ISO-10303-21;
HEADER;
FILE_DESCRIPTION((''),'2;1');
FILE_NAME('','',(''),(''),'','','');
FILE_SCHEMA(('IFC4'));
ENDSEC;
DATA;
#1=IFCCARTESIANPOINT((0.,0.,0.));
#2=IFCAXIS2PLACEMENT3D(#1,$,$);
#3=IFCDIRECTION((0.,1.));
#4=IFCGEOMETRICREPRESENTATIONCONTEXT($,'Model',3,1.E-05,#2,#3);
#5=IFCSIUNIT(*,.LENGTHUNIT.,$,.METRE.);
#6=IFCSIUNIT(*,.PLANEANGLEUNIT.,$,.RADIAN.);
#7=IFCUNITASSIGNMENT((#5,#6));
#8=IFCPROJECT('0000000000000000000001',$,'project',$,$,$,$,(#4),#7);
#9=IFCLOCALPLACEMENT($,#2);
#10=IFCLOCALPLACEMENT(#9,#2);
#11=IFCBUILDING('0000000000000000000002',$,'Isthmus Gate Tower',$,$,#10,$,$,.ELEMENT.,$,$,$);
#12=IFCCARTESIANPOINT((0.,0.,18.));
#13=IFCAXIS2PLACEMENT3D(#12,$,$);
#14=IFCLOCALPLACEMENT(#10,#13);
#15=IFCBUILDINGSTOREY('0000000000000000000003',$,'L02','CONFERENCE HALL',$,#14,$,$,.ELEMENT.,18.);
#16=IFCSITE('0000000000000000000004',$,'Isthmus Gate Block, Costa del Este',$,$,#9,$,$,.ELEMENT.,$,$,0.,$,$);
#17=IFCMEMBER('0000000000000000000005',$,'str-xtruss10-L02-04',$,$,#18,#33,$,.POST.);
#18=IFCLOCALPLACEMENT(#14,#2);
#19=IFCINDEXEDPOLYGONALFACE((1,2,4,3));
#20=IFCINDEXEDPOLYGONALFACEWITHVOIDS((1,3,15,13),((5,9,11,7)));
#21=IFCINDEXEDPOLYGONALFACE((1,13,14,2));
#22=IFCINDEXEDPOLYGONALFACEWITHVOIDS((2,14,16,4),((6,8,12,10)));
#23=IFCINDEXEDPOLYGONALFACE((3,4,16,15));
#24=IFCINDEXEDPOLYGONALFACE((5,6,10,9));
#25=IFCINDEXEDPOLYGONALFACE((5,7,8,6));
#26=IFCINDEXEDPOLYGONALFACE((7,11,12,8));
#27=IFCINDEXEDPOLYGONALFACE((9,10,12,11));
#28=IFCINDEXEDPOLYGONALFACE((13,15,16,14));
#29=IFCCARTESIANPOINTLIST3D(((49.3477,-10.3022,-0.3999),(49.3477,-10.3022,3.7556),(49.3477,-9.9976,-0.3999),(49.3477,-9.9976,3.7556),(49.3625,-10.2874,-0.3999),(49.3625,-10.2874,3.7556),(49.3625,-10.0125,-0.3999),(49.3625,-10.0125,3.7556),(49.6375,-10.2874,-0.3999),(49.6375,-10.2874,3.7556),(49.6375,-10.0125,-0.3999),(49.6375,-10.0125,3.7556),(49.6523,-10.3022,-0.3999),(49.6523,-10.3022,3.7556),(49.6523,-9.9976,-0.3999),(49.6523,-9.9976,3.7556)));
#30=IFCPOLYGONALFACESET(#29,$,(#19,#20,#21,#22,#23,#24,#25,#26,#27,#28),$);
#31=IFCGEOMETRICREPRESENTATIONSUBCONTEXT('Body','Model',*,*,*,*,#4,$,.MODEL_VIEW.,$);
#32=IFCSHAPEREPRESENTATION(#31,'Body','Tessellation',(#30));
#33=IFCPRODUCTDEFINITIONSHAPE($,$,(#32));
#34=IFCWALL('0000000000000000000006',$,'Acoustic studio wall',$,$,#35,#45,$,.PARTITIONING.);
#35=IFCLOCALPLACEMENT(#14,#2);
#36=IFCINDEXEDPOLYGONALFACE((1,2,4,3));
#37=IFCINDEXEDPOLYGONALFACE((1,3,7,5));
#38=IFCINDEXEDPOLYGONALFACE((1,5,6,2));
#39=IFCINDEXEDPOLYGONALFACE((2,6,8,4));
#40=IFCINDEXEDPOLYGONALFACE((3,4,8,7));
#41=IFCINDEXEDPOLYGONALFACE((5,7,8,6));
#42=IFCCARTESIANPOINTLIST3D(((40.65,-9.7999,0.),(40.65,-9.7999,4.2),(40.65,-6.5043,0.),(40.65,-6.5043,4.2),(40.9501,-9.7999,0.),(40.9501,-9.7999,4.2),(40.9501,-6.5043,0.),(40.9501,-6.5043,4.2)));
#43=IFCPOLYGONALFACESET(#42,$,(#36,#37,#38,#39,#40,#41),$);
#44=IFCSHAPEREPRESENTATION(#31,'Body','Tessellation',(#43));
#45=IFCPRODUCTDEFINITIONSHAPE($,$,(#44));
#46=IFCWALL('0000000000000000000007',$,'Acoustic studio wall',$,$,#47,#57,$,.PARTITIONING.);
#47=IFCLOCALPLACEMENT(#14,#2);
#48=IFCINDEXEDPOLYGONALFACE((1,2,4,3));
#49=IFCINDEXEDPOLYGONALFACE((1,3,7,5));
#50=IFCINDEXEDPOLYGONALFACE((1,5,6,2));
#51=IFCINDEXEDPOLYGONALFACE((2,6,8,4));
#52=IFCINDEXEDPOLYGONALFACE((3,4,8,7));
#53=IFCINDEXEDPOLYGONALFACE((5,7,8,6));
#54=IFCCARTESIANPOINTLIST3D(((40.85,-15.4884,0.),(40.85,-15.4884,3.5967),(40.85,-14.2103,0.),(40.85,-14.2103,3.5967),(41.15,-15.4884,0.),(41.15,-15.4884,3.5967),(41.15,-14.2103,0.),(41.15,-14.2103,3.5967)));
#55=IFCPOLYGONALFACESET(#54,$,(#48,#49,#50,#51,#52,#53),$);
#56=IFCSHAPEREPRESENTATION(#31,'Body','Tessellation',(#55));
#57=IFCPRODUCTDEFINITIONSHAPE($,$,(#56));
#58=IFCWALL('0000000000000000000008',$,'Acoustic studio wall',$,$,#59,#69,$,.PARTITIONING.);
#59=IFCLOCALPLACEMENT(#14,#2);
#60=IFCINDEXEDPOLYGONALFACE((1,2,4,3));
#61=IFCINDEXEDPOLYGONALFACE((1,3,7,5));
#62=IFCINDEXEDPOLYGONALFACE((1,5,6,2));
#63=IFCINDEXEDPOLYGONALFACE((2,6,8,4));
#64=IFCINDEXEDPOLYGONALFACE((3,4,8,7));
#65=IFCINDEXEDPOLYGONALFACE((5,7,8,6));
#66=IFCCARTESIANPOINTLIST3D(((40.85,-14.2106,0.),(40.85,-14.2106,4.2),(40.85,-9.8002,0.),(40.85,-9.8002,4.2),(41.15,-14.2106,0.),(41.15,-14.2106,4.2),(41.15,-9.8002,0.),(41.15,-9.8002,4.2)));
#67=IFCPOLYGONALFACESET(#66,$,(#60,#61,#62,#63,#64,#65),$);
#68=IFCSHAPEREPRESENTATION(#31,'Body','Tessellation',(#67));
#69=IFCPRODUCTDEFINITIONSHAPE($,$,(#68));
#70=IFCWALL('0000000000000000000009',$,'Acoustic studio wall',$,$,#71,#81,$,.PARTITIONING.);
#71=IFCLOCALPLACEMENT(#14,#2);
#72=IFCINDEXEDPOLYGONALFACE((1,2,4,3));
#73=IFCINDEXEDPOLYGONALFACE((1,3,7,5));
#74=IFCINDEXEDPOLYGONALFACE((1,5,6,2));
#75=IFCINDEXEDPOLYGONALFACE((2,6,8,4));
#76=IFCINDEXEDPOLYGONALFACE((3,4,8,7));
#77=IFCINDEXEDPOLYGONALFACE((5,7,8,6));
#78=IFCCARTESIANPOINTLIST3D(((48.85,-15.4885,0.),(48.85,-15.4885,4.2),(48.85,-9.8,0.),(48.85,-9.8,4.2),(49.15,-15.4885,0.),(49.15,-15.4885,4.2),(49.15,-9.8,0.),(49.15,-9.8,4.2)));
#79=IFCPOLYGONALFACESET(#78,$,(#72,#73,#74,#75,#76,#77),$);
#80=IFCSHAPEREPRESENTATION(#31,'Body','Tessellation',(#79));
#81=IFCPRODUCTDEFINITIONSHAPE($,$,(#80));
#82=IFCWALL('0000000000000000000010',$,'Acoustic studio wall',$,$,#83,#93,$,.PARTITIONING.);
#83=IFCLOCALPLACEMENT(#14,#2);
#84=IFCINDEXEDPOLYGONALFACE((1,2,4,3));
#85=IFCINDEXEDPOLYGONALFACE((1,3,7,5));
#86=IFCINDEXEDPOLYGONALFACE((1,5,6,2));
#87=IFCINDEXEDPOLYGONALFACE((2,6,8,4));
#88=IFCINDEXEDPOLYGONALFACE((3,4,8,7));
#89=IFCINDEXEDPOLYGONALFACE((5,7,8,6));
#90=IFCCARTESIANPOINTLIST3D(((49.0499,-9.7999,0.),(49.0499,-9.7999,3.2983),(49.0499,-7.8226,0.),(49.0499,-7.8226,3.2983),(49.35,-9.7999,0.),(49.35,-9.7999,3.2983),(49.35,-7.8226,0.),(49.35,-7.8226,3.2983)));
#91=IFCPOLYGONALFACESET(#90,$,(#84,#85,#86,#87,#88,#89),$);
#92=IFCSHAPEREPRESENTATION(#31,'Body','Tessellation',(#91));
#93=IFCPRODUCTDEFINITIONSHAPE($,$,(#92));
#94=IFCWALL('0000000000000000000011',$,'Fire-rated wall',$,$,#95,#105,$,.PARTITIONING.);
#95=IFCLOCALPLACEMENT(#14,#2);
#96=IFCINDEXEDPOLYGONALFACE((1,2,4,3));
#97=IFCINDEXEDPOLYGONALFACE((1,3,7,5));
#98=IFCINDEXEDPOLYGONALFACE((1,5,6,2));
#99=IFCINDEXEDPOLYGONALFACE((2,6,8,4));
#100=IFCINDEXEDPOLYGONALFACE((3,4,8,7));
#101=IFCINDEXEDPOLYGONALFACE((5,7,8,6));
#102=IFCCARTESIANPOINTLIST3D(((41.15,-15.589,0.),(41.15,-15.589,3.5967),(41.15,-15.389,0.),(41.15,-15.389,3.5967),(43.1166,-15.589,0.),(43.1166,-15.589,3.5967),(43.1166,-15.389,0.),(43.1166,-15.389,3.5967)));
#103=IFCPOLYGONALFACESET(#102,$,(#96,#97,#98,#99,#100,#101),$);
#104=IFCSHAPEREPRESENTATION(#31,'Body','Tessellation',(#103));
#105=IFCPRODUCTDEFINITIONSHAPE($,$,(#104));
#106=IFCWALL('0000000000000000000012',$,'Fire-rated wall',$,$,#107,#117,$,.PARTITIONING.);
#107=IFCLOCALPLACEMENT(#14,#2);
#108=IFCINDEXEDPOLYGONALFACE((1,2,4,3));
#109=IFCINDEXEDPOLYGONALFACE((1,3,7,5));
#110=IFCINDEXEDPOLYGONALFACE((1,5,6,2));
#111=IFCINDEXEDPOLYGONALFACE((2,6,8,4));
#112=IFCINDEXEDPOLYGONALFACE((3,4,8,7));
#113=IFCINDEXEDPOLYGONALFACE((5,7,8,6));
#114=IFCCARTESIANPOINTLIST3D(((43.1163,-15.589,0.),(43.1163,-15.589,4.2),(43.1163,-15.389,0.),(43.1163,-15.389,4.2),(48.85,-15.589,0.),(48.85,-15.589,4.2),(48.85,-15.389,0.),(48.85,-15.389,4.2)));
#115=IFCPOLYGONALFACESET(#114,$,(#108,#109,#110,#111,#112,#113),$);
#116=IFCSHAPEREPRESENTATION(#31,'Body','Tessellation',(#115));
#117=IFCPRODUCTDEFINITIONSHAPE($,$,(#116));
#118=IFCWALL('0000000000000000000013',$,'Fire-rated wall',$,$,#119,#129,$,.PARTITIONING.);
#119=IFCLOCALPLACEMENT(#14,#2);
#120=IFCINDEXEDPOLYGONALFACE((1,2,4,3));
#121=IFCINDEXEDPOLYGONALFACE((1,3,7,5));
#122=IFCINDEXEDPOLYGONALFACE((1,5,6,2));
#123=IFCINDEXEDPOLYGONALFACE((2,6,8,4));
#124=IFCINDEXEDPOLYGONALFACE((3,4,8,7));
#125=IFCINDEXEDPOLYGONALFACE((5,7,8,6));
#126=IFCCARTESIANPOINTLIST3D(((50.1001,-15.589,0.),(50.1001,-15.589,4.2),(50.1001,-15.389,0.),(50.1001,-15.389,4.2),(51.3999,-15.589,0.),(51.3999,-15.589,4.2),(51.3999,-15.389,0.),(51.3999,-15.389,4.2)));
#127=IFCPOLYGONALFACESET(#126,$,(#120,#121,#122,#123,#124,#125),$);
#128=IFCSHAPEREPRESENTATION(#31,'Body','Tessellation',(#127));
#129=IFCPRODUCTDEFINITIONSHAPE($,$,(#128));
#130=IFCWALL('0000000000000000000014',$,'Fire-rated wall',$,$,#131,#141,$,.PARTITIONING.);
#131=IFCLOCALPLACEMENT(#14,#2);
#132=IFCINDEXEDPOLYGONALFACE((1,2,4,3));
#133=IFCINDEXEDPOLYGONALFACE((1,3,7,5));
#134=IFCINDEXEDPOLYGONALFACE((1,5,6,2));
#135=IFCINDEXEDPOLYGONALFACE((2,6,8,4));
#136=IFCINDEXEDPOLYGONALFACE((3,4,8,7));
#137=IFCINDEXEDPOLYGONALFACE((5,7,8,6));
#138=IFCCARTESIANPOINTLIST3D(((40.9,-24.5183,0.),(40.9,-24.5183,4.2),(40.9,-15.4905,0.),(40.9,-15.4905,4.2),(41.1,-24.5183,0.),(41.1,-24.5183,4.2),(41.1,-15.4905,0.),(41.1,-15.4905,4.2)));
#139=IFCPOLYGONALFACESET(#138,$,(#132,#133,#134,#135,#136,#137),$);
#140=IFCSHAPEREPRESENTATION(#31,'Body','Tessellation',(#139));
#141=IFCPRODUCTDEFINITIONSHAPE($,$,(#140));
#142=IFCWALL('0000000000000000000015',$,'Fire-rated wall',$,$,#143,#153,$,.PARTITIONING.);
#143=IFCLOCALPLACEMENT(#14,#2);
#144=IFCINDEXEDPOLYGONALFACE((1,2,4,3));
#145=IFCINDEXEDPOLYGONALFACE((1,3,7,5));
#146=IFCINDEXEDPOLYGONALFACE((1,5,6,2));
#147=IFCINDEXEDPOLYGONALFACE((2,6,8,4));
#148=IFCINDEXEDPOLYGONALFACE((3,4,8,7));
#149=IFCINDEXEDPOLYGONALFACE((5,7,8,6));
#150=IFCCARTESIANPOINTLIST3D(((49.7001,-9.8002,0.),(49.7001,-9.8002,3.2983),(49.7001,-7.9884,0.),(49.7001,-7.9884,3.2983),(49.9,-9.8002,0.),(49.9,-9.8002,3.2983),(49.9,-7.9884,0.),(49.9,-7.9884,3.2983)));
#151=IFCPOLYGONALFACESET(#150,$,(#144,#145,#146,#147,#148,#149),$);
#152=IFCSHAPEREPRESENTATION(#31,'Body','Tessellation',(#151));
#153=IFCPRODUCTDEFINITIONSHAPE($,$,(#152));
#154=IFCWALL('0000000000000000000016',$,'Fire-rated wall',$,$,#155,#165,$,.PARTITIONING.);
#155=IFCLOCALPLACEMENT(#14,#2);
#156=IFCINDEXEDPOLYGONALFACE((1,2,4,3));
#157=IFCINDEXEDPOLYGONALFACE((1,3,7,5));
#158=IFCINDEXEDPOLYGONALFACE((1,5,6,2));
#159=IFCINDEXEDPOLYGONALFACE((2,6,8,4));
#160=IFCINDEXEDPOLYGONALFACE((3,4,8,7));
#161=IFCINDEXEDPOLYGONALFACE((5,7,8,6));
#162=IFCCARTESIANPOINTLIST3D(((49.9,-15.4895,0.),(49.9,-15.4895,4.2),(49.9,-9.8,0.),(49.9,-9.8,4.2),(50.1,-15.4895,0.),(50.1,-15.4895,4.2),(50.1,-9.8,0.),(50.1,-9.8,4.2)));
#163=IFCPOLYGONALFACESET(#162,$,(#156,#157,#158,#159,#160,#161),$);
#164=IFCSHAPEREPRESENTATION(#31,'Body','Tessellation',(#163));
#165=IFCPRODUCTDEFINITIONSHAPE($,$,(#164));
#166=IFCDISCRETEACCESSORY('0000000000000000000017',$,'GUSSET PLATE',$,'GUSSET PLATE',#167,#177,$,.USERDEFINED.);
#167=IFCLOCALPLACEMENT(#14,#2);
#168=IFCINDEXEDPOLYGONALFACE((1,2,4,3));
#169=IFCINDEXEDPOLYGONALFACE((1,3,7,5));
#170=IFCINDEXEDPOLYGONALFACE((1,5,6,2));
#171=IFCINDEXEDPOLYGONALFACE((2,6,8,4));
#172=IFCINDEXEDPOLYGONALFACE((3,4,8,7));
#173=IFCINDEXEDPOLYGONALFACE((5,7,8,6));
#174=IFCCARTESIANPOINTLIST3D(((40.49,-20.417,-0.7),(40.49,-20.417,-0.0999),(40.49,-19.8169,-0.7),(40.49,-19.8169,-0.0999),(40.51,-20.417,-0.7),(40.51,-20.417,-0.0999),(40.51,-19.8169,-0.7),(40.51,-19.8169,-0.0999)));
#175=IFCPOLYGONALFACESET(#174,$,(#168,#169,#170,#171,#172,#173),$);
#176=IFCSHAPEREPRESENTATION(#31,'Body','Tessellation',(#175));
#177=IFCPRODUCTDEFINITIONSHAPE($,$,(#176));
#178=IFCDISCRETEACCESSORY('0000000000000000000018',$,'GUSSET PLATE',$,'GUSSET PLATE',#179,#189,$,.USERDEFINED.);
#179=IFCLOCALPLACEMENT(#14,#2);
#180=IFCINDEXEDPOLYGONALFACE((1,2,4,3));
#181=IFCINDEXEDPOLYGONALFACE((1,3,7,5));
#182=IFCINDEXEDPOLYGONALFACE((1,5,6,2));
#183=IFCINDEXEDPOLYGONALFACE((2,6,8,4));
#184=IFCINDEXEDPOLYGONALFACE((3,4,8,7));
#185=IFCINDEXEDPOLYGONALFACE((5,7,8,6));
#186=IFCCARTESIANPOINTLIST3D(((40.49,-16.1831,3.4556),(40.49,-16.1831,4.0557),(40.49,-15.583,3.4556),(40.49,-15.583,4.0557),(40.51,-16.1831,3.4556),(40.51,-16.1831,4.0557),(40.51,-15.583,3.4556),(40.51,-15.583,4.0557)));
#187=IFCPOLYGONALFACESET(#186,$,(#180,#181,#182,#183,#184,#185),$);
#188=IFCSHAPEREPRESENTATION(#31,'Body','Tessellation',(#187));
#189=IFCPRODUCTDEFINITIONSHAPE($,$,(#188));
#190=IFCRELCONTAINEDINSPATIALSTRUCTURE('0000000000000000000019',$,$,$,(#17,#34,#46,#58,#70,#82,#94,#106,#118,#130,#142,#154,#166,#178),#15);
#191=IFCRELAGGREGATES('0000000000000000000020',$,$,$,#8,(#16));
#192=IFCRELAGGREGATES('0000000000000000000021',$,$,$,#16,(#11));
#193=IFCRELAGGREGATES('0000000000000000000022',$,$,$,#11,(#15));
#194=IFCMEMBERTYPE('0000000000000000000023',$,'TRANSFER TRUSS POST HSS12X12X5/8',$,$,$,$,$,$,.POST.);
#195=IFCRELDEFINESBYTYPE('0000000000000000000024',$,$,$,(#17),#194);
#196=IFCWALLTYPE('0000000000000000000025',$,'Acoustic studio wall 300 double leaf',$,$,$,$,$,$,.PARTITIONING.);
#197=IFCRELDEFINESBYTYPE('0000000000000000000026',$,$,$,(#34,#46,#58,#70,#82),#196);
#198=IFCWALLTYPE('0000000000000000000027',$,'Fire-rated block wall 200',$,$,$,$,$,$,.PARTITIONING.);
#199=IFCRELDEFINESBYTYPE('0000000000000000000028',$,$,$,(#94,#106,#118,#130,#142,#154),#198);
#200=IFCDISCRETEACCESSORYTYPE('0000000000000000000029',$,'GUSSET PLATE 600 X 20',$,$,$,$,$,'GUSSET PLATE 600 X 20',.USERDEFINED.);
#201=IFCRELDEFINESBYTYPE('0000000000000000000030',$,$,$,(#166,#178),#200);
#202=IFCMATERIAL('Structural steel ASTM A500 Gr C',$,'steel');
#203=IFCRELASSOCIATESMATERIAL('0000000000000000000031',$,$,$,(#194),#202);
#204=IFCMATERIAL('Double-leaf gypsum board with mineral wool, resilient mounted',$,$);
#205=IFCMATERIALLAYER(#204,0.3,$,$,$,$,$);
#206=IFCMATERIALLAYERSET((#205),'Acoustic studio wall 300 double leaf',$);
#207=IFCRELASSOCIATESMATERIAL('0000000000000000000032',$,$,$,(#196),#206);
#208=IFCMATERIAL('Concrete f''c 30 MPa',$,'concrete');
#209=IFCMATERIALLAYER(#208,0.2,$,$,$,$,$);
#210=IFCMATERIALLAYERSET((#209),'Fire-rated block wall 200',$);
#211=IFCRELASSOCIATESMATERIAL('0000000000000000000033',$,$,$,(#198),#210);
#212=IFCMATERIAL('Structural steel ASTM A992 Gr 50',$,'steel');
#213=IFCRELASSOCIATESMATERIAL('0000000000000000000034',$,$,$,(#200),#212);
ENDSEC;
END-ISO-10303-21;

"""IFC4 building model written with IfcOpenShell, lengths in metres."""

from ifc_helpers import new_model, si_unit, direction, frame, frame_2d, origin, origin_2d, place, context, subcontext, project, spatial, rectangle, hollow_rectangle, extrude, material, layer, layer_set, material_profile, profile_set, type_object, element, save


model = new_model("IFC4")

# Units and contexts
model_context = context("Model", 3, precision=1e-05, world=origin(), true_north=direction((0.0, 1.0)))
body_context = subcontext(model_context, "Body", "Model", "MODEL_VIEW")
ifc_project = project(units=[si_unit("LENGTHUNIT", "METRE"), si_unit("PLANEANGLEUNIT", "RADIAN")], contexts=[model_context])

# Site, building, storey
site_placement = place(None, origin())
site = spatial("IfcSite", under=ifc_project, at=site_placement, Name="Isthmus Gate Block, Costa del Este", CompositionType="ELEMENT", RefElevation=0.0)
building_placement = place(site_placement, origin())
building = spatial("IfcBuilding", under=site, at=building_placement, Name="Isthmus Gate Tower", CompositionType="ELEMENT")
storey_placement = place(building_placement, frame((0.0, 0.0, 18.0)))
storey = spatial("IfcBuildingStorey", under=building, at=storey_placement, Name="L02", Description="CONFERENCE HALL", CompositionType="ELEMENT", Elevation=18.0)

# Member
ifc_material_1 = material(Name="Structural steel ASTM A500 Gr C", Category="steel")
ifc_material_profile_1 = material_profile(ifc_material_1, hollow_rectangle(XDim=0.3047, YDim=0.3047, WallThickness=0.0149, at=origin_2d()), Name="HSS12X12X5/8")
ifc_profile_set_1 = profile_set([ifc_material_profile_1], Name="Structural steel ASTM A500 Gr C")
member_type_1 = type_object("IfcMemberType", Name="TRANSFER TRUSS POST HSS12X12X5/8", PredefinedType="POST", material=ifc_profile_set_1)
for number, where, z_axis, x_axis, name in (
    (1, (49.5, -10.1499, -0.3999), (0.0, 0.0, 1.0), (1.0, 0.0, 0.0), "str-xtruss10-L02-04"),
):
    element("IfcMember", number, at=place(storey_placement, frame(where, z_axis=z_axis, x_axis=x_axis)), inside=storey, type_object=member_type_1, Name=name, PredefinedType="POST", context=body_context, shape_type="SweptSolid", body=[
        extrude(hollow_rectangle(XDim=0.3047, YDim=0.3047, WallThickness=0.0149, at=origin_2d()), origin(), (0.0, 0.0, 1.0), 4.1555),
    ])

# Walls
ifc_material_2 = material(Name="Double-leaf gypsum board with mineral wool, resilient mounted")
ifc_layer_1 = layer(ifc_material_2, 0.3)
ifc_layer_set_1 = layer_set([ifc_layer_1], Name="Acoustic studio wall 300 double leaf")
wall_type_1 = type_object("IfcWallType", Name="Acoustic studio wall 300 double leaf", PredefinedType="PARTITIONING", material=ifc_layer_set_1)
wall_1_placement = place(storey_placement, frame((40.8, -9.8, 0.0), z_axis=(0.0, 0.0, 1.0), x_axis=(0.0, 1.0, 0.0)))
element("IfcWall", 2, at=wall_1_placement, inside=storey, type_object=wall_type_1, Name="Acoustic studio wall", PredefinedType="PARTITIONING", context=body_context, shape_type="SweptSolid", body=[
    extrude(rectangle(XDim=3.2957, YDim=0.3, at=frame_2d((1.6479, 0.0))), origin(), (0.0, 0.0, 1.0), 4.2),
])
wall_2_placement = place(storey_placement, frame((41.0, -15.4885, 0.0), z_axis=(0.0, 0.0, 1.0), x_axis=(0.0, 1.0, 0.0)))
element("IfcWall", 3, at=wall_2_placement, inside=storey, type_object=wall_type_1, Name="Acoustic studio wall", PredefinedType="PARTITIONING", context=body_context, shape_type="SweptSolid", body=[
    extrude(rectangle(XDim=1.2781, YDim=0.3, at=frame_2d((0.6392, 0.0))), origin(), (0.0, 0.0, 1.0), 3.5967),
])
wall_3_placement = place(storey_placement, frame((41.0, -14.2104, 0.0), z_axis=(0.0, 0.0, 1.0), x_axis=(0.0, 1.0, 0.0)))
element("IfcWall", 4, at=wall_3_placement, inside=storey, type_object=wall_type_1, Name="Acoustic studio wall", PredefinedType="PARTITIONING", context=body_context, shape_type="SweptSolid", body=[
    extrude(rectangle(XDim=4.4104, YDim=0.3, at=frame_2d((2.2051, 0.0))), origin(), (0.0, 0.0, 1.0), 4.2),
])
wall_4_placement = place(storey_placement, frame((49.0, -15.4885, 0.0), z_axis=(0.0, 0.0, 1.0), x_axis=(0.0, 1.0, 0.0)))
element("IfcWall", 5, at=wall_4_placement, inside=storey, type_object=wall_type_1, Name="Acoustic studio wall", PredefinedType="PARTITIONING", context=body_context, shape_type="SweptSolid", body=[
    extrude(rectangle(XDim=5.6885, YDim=0.3, at=frame_2d((2.8442, 0.0))), origin(), (0.0, 0.0, 1.0), 4.2),
])
wall_5_placement = place(storey_placement, frame((49.2, -9.8, 0.0), z_axis=(0.0, 0.0, 1.0), x_axis=(0.0, 1.0, 0.0)))
element("IfcWall", 6, at=wall_5_placement, inside=storey, type_object=wall_type_1, Name="Acoustic studio wall", PredefinedType="PARTITIONING", context=body_context, shape_type="SweptSolid", body=[
    extrude(rectangle(XDim=1.9773, YDim=0.3, at=frame_2d((0.9888, 0.0))), origin(), (0.0, 0.0, 1.0), 3.2983),
])
ifc_material_3 = material(Name="Concrete f'c 30 MPa", Category="concrete")
ifc_layer_2 = layer(ifc_material_3, 0.2)
ifc_layer_set_2 = layer_set([ifc_layer_2], Name="Fire-rated block wall 200")
wall_type_2 = type_object("IfcWallType", Name="Fire-rated block wall 200", PredefinedType="PARTITIONING", material=ifc_layer_set_2)
wall_6_placement = place(storey_placement, frame((41.1499, -15.489, 0.0), z_axis=(0.0, 0.0, 1.0), x_axis=(1.0, 0.0, 0.0)))
element("IfcWall", 7, at=wall_6_placement, inside=storey, type_object=wall_type_2, Name="Fire-rated wall", PredefinedType="PARTITIONING", context=body_context, shape_type="SweptSolid", body=[
    extrude(rectangle(XDim=1.9666, YDim=0.2, at=frame_2d((0.9834, 0.0))), origin(), (0.0, 0.0, 1.0), 3.5967),
])
wall_7_placement = place(storey_placement, frame((43.1165, -15.489, 0.0), z_axis=(0.0, 0.0, 1.0), x_axis=(1.0, 0.0, 0.0)))
element("IfcWall", 8, at=wall_7_placement, inside=storey, type_object=wall_type_2, Name="Fire-rated wall", PredefinedType="PARTITIONING", context=body_context, shape_type="SweptSolid", body=[
    extrude(rectangle(XDim=5.7336, YDim=0.2, at=frame_2d((2.8667, 0.0))), origin(), (0.0, 0.0, 1.0), 4.2),
])
wall_8_placement = place(storey_placement, frame((50.1001, -15.489, 0.0), z_axis=(0.0, 0.0, 1.0), x_axis=(1.0, 0.0, 0.0)))
element("IfcWall", 9, at=wall_8_placement, inside=storey, type_object=wall_type_2, Name="Fire-rated wall", PredefinedType="PARTITIONING", context=body_context, shape_type="SweptSolid", body=[
    extrude(rectangle(XDim=1.2998, YDim=0.2, at=frame_2d((0.6499, 0.0))), origin(), (0.0, 0.0, 1.0), 4.2),
])
wall_9_placement = place(storey_placement, frame((41.0, -24.5183, 0.0), z_axis=(0.0, 0.0, 1.0), x_axis=(0.0, 1.0, 0.0)))
element("IfcWall", 10, at=wall_9_placement, inside=storey, type_object=wall_type_2, Name="Fire-rated wall", PredefinedType="PARTITIONING", context=body_context, shape_type="SweptSolid", body=[
    extrude(rectangle(XDim=9.0278, YDim=0.2, at=frame_2d((4.5139, 0.0))), origin(), (0.0, 0.0, 1.0), 4.2),
])
wall_10_placement = place(storey_placement, frame((49.8, -9.8, 0.0), z_axis=(0.0, 0.0, 1.0), x_axis=(0.0, 1.0, 0.0)))
element("IfcWall", 11, at=wall_10_placement, inside=storey, type_object=wall_type_2, Name="Fire-rated wall", PredefinedType="PARTITIONING", context=body_context, shape_type="SweptSolid", body=[
    extrude(rectangle(XDim=1.8118, YDim=0.2, at=frame_2d((0.9058, 0.0))), origin(), (0.0, 0.0, 1.0), 3.2983),
])
wall_11_placement = place(storey_placement, frame((50.0, -15.4895, 0.0), z_axis=(0.0, 0.0, 1.0), x_axis=(0.0, 1.0, 0.0)))
element("IfcWall", 12, at=wall_11_placement, inside=storey, type_object=wall_type_2, Name="Fire-rated wall", PredefinedType="PARTITIONING", context=body_context, shape_type="SweptSolid", body=[
    extrude(rectangle(XDim=5.6895, YDim=0.2, at=frame_2d((2.8447, 0.0))), origin(), (0.0, 0.0, 1.0), 4.2),
])

# Discrete accessories
ifc_material_4 = material(Name="Structural steel ASTM A992 Gr 50", Category="steel")
discrete_accessory_type = type_object("IfcDiscreteAccessoryType", Name="GUSSET PLATE 600 X 20", ElementType="GUSSET PLATE 600 X 20", PredefinedType="USERDEFINED", material=ifc_material_4)
for number, where, z_axis, x_axis, name in (
    (13, (40.5, -20.1169, -0.7), (0.0, 0.0, 1.0), (0.0, 1.0, 0.0), "GUSSET PLATE"),
    (14, (40.5, -15.8831, 3.4556), (0.0, 0.0, 1.0), (0.0, 1.0, 0.0), "GUSSET PLATE"),
):
    element("IfcDiscreteAccessory", number, at=place(storey_placement, frame(where, z_axis=z_axis, x_axis=x_axis)), inside=storey, type_object=discrete_accessory_type, Name=name, ObjectType="GUSSET PLATE", PredefinedType="USERDEFINED", context=body_context, shape_type="SweptSolid", body=[
        extrude(rectangle(XDim=0.6001, YDim=0.02, at=origin_2d()), origin(), (0.0, 0.0, 1.0), 0.6001),
    ])

save(model, "model.ifc")
